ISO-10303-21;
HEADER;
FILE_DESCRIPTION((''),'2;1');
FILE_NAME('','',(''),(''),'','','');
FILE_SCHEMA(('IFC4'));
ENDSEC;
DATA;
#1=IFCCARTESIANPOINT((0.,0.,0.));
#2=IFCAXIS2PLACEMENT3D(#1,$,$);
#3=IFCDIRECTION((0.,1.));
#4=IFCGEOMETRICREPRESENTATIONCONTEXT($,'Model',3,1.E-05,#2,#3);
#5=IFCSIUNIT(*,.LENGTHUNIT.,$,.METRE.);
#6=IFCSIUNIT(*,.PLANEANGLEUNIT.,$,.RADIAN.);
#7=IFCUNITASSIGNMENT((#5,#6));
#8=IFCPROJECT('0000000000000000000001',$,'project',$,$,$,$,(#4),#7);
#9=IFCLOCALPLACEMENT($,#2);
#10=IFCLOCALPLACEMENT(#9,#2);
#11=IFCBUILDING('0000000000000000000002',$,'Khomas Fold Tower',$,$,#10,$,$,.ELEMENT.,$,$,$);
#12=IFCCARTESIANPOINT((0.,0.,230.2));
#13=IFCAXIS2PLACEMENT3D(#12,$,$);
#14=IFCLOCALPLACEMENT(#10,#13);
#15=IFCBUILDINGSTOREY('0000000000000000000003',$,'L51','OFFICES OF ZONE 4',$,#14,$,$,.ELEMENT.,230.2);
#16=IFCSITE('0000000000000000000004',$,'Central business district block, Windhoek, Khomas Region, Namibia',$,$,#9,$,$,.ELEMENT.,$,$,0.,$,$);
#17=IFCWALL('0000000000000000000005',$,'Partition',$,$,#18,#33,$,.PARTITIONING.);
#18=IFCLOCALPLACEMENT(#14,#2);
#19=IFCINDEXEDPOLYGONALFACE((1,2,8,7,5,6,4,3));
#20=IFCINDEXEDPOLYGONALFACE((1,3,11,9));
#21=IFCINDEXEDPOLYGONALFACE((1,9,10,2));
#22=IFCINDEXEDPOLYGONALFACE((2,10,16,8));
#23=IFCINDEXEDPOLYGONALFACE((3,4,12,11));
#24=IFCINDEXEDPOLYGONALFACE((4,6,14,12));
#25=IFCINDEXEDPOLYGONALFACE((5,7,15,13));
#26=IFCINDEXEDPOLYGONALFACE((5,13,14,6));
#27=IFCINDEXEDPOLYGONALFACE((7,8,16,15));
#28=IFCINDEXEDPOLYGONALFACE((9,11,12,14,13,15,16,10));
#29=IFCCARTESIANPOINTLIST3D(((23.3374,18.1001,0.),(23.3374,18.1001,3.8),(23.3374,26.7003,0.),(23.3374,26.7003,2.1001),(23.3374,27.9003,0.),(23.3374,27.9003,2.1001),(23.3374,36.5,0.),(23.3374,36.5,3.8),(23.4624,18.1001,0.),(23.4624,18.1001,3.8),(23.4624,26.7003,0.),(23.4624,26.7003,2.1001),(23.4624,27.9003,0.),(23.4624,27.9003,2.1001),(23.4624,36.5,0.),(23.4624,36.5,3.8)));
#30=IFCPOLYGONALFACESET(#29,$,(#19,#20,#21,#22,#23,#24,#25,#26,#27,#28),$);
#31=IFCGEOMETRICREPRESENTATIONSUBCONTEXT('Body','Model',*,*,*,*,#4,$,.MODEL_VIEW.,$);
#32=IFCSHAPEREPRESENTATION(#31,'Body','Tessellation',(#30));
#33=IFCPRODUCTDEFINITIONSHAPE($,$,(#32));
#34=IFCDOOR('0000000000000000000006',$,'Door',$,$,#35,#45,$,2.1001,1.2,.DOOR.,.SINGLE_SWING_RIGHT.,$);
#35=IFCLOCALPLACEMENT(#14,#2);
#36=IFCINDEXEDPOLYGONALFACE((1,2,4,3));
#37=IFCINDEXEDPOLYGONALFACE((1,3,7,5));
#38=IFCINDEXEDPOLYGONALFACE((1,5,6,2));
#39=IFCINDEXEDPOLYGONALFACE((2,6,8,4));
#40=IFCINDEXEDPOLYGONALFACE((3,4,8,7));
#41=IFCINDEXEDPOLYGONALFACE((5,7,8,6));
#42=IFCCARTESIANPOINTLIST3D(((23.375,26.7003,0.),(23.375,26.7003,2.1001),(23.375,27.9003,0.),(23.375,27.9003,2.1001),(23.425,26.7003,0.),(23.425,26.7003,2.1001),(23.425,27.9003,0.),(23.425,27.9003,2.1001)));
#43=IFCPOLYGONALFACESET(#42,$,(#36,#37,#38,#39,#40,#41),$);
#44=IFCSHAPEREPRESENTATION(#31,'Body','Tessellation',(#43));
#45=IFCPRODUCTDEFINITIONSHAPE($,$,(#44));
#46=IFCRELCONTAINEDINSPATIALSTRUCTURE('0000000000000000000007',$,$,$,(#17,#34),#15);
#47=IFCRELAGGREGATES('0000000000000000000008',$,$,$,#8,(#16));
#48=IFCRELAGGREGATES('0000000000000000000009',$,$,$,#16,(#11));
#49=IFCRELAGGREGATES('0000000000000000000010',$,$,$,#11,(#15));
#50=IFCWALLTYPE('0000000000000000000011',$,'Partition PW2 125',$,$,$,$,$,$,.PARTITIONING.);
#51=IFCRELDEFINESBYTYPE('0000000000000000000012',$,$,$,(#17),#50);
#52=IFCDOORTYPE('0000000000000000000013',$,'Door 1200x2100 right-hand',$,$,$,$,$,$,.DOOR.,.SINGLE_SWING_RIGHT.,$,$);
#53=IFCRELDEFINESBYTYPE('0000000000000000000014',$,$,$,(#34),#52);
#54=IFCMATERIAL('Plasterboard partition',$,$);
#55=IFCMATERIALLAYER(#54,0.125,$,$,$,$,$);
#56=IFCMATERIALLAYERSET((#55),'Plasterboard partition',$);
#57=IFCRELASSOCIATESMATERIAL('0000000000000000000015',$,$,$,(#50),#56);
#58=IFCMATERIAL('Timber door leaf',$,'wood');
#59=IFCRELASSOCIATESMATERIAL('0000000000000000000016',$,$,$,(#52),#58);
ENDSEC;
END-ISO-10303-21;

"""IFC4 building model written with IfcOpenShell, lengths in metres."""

from ifc_helpers import new_model, si_unit, direction, frame, frame_2d, origin, place, context, subcontext, project, spatial, rectangle, extrude, source, transform, mapped, material, layer, layer_set, type_object, element, fill, save


model = new_model("IFC4")

# Units and contexts
model_context = context("Model", 3, precision=1e-05, world=origin(), true_north=direction((0.0, 1.0)))
body_context = subcontext(model_context, "Body", "Model", "MODEL_VIEW")
ifc_project = project(units=[si_unit("LENGTHUNIT", "METRE"), si_unit("PLANEANGLEUNIT", "RADIAN")], contexts=[model_context])

# Site, building, storey
site_placement = place(None, origin())
site = spatial("IfcSite", under=ifc_project, at=site_placement, Name="Central business district block, Windhoek, Khomas Region, Namibia", CompositionType="ELEMENT", RefElevation=0.0)
building_placement = place(site_placement, origin())
building = spatial("IfcBuilding", under=site, at=building_placement, Name="Khomas Fold Tower", CompositionType="ELEMENT")
storey_placement = place(building_placement, frame((0.0, 0.0, 230.2)))
storey = spatial("IfcBuildingStorey", under=building, at=storey_placement, Name="L51", Description="OFFICES OF ZONE 4", CompositionType="ELEMENT", Elevation=230.2)

# Shared definitions
ifc_material_1 = material(Name="Plasterboard partition")
ifc_layer_1 = layer(ifc_material_1, 0.125)
ifc_layer_set_1 = layer_set([ifc_layer_1], Name="Plasterboard partition")
wall_type_1 = type_object("IfcWallType", Name="Partition PW2 125", PredefinedType="PARTITIONING", material=ifc_layer_set_1)
shared_shape_1 = source(origin(), body_context, "Body", "SweptSolid", [
    extrude(rectangle(XDim=1.2, YDim=2.1001, at=frame_2d((0.6001, 1.05))), frame((0.0, 0.0725, 0.0), z_axis=(0.0, -1.0, 0.0), x_axis=(1.0, 0.0, 0.0)), (0.0, 0.0, 1.0), 0.145),
])
ifc_material_2 = material(Name="Timber door leaf", Category="wood")
door_type_1 = type_object("IfcDoorType", Name="Door 1200x2100 right-hand", OperationType="SINGLE_SWING_RIGHT", PredefinedType="DOOR", material=ifc_material_2)
shared_shape_2 = source(origin(), body_context, "Body", "SweptSolid", [
    extrude(rectangle(XDim=1.2, YDim=2.1001, at=frame_2d((0.6001, 1.05))), frame((0.0, 0.0249, 0.0), z_axis=(0.0, -1.0, 0.0), x_axis=(1.0, 0.0, 0.0)), (0.0, 0.0, 1.0), 0.05),
])

# Wall, opening, door
shared_shape_3 = source(origin(), body_context, "Body", "SweptSolid", [
    extrude(rectangle(XDim=18.3999, YDim=0.125, at=frame_2d((9.2, 0.0))), origin(), (0.0, 0.0, 1.0), 3.8),
])
wall_1_placement = place(storey_placement, frame((23.3999, 18.1001, 0.0), z_axis=(0.0, 0.0, 1.0), x_axis=(0.0, 1.0, 0.0)))
wall_1 = element("IfcWall", 1, at=wall_1_placement, inside=storey, type_object=wall_type_1, Name="Partition", PredefinedType="PARTITIONING", context=body_context, shape_type="MappedRepresentation", body=[
    mapped(shared_shape_3, transform((0.0, 0.0, 0.0))),
])
opening_1_placement = place(wall_1_placement, frame((8.6001, 0.0, 0.0)))
opening_1 = element("IfcOpeningElement", 2, at=opening_1_placement, cuts=wall_1, PredefinedType="OPENING", context=body_context, shape_type="MappedRepresentation", body=[
    mapped(shared_shape_1, transform((0.0, 0.0, 0.0))),
])
door_1_placement = place(opening_1_placement, origin())
door_1 = element("IfcDoor", 3, at=door_1_placement, inside=storey, type_object=door_type_1, Name="Door", OperationType="SINGLE_SWING_RIGHT", OverallHeight=2.1001, OverallWidth=1.2, PredefinedType="DOOR", context=body_context, shape_type="MappedRepresentation", body=[
    mapped(shared_shape_2, transform((0.0, 0.0, 0.0))),
])
fill(opening_1, door_1)

save(model, "model.ifc")
